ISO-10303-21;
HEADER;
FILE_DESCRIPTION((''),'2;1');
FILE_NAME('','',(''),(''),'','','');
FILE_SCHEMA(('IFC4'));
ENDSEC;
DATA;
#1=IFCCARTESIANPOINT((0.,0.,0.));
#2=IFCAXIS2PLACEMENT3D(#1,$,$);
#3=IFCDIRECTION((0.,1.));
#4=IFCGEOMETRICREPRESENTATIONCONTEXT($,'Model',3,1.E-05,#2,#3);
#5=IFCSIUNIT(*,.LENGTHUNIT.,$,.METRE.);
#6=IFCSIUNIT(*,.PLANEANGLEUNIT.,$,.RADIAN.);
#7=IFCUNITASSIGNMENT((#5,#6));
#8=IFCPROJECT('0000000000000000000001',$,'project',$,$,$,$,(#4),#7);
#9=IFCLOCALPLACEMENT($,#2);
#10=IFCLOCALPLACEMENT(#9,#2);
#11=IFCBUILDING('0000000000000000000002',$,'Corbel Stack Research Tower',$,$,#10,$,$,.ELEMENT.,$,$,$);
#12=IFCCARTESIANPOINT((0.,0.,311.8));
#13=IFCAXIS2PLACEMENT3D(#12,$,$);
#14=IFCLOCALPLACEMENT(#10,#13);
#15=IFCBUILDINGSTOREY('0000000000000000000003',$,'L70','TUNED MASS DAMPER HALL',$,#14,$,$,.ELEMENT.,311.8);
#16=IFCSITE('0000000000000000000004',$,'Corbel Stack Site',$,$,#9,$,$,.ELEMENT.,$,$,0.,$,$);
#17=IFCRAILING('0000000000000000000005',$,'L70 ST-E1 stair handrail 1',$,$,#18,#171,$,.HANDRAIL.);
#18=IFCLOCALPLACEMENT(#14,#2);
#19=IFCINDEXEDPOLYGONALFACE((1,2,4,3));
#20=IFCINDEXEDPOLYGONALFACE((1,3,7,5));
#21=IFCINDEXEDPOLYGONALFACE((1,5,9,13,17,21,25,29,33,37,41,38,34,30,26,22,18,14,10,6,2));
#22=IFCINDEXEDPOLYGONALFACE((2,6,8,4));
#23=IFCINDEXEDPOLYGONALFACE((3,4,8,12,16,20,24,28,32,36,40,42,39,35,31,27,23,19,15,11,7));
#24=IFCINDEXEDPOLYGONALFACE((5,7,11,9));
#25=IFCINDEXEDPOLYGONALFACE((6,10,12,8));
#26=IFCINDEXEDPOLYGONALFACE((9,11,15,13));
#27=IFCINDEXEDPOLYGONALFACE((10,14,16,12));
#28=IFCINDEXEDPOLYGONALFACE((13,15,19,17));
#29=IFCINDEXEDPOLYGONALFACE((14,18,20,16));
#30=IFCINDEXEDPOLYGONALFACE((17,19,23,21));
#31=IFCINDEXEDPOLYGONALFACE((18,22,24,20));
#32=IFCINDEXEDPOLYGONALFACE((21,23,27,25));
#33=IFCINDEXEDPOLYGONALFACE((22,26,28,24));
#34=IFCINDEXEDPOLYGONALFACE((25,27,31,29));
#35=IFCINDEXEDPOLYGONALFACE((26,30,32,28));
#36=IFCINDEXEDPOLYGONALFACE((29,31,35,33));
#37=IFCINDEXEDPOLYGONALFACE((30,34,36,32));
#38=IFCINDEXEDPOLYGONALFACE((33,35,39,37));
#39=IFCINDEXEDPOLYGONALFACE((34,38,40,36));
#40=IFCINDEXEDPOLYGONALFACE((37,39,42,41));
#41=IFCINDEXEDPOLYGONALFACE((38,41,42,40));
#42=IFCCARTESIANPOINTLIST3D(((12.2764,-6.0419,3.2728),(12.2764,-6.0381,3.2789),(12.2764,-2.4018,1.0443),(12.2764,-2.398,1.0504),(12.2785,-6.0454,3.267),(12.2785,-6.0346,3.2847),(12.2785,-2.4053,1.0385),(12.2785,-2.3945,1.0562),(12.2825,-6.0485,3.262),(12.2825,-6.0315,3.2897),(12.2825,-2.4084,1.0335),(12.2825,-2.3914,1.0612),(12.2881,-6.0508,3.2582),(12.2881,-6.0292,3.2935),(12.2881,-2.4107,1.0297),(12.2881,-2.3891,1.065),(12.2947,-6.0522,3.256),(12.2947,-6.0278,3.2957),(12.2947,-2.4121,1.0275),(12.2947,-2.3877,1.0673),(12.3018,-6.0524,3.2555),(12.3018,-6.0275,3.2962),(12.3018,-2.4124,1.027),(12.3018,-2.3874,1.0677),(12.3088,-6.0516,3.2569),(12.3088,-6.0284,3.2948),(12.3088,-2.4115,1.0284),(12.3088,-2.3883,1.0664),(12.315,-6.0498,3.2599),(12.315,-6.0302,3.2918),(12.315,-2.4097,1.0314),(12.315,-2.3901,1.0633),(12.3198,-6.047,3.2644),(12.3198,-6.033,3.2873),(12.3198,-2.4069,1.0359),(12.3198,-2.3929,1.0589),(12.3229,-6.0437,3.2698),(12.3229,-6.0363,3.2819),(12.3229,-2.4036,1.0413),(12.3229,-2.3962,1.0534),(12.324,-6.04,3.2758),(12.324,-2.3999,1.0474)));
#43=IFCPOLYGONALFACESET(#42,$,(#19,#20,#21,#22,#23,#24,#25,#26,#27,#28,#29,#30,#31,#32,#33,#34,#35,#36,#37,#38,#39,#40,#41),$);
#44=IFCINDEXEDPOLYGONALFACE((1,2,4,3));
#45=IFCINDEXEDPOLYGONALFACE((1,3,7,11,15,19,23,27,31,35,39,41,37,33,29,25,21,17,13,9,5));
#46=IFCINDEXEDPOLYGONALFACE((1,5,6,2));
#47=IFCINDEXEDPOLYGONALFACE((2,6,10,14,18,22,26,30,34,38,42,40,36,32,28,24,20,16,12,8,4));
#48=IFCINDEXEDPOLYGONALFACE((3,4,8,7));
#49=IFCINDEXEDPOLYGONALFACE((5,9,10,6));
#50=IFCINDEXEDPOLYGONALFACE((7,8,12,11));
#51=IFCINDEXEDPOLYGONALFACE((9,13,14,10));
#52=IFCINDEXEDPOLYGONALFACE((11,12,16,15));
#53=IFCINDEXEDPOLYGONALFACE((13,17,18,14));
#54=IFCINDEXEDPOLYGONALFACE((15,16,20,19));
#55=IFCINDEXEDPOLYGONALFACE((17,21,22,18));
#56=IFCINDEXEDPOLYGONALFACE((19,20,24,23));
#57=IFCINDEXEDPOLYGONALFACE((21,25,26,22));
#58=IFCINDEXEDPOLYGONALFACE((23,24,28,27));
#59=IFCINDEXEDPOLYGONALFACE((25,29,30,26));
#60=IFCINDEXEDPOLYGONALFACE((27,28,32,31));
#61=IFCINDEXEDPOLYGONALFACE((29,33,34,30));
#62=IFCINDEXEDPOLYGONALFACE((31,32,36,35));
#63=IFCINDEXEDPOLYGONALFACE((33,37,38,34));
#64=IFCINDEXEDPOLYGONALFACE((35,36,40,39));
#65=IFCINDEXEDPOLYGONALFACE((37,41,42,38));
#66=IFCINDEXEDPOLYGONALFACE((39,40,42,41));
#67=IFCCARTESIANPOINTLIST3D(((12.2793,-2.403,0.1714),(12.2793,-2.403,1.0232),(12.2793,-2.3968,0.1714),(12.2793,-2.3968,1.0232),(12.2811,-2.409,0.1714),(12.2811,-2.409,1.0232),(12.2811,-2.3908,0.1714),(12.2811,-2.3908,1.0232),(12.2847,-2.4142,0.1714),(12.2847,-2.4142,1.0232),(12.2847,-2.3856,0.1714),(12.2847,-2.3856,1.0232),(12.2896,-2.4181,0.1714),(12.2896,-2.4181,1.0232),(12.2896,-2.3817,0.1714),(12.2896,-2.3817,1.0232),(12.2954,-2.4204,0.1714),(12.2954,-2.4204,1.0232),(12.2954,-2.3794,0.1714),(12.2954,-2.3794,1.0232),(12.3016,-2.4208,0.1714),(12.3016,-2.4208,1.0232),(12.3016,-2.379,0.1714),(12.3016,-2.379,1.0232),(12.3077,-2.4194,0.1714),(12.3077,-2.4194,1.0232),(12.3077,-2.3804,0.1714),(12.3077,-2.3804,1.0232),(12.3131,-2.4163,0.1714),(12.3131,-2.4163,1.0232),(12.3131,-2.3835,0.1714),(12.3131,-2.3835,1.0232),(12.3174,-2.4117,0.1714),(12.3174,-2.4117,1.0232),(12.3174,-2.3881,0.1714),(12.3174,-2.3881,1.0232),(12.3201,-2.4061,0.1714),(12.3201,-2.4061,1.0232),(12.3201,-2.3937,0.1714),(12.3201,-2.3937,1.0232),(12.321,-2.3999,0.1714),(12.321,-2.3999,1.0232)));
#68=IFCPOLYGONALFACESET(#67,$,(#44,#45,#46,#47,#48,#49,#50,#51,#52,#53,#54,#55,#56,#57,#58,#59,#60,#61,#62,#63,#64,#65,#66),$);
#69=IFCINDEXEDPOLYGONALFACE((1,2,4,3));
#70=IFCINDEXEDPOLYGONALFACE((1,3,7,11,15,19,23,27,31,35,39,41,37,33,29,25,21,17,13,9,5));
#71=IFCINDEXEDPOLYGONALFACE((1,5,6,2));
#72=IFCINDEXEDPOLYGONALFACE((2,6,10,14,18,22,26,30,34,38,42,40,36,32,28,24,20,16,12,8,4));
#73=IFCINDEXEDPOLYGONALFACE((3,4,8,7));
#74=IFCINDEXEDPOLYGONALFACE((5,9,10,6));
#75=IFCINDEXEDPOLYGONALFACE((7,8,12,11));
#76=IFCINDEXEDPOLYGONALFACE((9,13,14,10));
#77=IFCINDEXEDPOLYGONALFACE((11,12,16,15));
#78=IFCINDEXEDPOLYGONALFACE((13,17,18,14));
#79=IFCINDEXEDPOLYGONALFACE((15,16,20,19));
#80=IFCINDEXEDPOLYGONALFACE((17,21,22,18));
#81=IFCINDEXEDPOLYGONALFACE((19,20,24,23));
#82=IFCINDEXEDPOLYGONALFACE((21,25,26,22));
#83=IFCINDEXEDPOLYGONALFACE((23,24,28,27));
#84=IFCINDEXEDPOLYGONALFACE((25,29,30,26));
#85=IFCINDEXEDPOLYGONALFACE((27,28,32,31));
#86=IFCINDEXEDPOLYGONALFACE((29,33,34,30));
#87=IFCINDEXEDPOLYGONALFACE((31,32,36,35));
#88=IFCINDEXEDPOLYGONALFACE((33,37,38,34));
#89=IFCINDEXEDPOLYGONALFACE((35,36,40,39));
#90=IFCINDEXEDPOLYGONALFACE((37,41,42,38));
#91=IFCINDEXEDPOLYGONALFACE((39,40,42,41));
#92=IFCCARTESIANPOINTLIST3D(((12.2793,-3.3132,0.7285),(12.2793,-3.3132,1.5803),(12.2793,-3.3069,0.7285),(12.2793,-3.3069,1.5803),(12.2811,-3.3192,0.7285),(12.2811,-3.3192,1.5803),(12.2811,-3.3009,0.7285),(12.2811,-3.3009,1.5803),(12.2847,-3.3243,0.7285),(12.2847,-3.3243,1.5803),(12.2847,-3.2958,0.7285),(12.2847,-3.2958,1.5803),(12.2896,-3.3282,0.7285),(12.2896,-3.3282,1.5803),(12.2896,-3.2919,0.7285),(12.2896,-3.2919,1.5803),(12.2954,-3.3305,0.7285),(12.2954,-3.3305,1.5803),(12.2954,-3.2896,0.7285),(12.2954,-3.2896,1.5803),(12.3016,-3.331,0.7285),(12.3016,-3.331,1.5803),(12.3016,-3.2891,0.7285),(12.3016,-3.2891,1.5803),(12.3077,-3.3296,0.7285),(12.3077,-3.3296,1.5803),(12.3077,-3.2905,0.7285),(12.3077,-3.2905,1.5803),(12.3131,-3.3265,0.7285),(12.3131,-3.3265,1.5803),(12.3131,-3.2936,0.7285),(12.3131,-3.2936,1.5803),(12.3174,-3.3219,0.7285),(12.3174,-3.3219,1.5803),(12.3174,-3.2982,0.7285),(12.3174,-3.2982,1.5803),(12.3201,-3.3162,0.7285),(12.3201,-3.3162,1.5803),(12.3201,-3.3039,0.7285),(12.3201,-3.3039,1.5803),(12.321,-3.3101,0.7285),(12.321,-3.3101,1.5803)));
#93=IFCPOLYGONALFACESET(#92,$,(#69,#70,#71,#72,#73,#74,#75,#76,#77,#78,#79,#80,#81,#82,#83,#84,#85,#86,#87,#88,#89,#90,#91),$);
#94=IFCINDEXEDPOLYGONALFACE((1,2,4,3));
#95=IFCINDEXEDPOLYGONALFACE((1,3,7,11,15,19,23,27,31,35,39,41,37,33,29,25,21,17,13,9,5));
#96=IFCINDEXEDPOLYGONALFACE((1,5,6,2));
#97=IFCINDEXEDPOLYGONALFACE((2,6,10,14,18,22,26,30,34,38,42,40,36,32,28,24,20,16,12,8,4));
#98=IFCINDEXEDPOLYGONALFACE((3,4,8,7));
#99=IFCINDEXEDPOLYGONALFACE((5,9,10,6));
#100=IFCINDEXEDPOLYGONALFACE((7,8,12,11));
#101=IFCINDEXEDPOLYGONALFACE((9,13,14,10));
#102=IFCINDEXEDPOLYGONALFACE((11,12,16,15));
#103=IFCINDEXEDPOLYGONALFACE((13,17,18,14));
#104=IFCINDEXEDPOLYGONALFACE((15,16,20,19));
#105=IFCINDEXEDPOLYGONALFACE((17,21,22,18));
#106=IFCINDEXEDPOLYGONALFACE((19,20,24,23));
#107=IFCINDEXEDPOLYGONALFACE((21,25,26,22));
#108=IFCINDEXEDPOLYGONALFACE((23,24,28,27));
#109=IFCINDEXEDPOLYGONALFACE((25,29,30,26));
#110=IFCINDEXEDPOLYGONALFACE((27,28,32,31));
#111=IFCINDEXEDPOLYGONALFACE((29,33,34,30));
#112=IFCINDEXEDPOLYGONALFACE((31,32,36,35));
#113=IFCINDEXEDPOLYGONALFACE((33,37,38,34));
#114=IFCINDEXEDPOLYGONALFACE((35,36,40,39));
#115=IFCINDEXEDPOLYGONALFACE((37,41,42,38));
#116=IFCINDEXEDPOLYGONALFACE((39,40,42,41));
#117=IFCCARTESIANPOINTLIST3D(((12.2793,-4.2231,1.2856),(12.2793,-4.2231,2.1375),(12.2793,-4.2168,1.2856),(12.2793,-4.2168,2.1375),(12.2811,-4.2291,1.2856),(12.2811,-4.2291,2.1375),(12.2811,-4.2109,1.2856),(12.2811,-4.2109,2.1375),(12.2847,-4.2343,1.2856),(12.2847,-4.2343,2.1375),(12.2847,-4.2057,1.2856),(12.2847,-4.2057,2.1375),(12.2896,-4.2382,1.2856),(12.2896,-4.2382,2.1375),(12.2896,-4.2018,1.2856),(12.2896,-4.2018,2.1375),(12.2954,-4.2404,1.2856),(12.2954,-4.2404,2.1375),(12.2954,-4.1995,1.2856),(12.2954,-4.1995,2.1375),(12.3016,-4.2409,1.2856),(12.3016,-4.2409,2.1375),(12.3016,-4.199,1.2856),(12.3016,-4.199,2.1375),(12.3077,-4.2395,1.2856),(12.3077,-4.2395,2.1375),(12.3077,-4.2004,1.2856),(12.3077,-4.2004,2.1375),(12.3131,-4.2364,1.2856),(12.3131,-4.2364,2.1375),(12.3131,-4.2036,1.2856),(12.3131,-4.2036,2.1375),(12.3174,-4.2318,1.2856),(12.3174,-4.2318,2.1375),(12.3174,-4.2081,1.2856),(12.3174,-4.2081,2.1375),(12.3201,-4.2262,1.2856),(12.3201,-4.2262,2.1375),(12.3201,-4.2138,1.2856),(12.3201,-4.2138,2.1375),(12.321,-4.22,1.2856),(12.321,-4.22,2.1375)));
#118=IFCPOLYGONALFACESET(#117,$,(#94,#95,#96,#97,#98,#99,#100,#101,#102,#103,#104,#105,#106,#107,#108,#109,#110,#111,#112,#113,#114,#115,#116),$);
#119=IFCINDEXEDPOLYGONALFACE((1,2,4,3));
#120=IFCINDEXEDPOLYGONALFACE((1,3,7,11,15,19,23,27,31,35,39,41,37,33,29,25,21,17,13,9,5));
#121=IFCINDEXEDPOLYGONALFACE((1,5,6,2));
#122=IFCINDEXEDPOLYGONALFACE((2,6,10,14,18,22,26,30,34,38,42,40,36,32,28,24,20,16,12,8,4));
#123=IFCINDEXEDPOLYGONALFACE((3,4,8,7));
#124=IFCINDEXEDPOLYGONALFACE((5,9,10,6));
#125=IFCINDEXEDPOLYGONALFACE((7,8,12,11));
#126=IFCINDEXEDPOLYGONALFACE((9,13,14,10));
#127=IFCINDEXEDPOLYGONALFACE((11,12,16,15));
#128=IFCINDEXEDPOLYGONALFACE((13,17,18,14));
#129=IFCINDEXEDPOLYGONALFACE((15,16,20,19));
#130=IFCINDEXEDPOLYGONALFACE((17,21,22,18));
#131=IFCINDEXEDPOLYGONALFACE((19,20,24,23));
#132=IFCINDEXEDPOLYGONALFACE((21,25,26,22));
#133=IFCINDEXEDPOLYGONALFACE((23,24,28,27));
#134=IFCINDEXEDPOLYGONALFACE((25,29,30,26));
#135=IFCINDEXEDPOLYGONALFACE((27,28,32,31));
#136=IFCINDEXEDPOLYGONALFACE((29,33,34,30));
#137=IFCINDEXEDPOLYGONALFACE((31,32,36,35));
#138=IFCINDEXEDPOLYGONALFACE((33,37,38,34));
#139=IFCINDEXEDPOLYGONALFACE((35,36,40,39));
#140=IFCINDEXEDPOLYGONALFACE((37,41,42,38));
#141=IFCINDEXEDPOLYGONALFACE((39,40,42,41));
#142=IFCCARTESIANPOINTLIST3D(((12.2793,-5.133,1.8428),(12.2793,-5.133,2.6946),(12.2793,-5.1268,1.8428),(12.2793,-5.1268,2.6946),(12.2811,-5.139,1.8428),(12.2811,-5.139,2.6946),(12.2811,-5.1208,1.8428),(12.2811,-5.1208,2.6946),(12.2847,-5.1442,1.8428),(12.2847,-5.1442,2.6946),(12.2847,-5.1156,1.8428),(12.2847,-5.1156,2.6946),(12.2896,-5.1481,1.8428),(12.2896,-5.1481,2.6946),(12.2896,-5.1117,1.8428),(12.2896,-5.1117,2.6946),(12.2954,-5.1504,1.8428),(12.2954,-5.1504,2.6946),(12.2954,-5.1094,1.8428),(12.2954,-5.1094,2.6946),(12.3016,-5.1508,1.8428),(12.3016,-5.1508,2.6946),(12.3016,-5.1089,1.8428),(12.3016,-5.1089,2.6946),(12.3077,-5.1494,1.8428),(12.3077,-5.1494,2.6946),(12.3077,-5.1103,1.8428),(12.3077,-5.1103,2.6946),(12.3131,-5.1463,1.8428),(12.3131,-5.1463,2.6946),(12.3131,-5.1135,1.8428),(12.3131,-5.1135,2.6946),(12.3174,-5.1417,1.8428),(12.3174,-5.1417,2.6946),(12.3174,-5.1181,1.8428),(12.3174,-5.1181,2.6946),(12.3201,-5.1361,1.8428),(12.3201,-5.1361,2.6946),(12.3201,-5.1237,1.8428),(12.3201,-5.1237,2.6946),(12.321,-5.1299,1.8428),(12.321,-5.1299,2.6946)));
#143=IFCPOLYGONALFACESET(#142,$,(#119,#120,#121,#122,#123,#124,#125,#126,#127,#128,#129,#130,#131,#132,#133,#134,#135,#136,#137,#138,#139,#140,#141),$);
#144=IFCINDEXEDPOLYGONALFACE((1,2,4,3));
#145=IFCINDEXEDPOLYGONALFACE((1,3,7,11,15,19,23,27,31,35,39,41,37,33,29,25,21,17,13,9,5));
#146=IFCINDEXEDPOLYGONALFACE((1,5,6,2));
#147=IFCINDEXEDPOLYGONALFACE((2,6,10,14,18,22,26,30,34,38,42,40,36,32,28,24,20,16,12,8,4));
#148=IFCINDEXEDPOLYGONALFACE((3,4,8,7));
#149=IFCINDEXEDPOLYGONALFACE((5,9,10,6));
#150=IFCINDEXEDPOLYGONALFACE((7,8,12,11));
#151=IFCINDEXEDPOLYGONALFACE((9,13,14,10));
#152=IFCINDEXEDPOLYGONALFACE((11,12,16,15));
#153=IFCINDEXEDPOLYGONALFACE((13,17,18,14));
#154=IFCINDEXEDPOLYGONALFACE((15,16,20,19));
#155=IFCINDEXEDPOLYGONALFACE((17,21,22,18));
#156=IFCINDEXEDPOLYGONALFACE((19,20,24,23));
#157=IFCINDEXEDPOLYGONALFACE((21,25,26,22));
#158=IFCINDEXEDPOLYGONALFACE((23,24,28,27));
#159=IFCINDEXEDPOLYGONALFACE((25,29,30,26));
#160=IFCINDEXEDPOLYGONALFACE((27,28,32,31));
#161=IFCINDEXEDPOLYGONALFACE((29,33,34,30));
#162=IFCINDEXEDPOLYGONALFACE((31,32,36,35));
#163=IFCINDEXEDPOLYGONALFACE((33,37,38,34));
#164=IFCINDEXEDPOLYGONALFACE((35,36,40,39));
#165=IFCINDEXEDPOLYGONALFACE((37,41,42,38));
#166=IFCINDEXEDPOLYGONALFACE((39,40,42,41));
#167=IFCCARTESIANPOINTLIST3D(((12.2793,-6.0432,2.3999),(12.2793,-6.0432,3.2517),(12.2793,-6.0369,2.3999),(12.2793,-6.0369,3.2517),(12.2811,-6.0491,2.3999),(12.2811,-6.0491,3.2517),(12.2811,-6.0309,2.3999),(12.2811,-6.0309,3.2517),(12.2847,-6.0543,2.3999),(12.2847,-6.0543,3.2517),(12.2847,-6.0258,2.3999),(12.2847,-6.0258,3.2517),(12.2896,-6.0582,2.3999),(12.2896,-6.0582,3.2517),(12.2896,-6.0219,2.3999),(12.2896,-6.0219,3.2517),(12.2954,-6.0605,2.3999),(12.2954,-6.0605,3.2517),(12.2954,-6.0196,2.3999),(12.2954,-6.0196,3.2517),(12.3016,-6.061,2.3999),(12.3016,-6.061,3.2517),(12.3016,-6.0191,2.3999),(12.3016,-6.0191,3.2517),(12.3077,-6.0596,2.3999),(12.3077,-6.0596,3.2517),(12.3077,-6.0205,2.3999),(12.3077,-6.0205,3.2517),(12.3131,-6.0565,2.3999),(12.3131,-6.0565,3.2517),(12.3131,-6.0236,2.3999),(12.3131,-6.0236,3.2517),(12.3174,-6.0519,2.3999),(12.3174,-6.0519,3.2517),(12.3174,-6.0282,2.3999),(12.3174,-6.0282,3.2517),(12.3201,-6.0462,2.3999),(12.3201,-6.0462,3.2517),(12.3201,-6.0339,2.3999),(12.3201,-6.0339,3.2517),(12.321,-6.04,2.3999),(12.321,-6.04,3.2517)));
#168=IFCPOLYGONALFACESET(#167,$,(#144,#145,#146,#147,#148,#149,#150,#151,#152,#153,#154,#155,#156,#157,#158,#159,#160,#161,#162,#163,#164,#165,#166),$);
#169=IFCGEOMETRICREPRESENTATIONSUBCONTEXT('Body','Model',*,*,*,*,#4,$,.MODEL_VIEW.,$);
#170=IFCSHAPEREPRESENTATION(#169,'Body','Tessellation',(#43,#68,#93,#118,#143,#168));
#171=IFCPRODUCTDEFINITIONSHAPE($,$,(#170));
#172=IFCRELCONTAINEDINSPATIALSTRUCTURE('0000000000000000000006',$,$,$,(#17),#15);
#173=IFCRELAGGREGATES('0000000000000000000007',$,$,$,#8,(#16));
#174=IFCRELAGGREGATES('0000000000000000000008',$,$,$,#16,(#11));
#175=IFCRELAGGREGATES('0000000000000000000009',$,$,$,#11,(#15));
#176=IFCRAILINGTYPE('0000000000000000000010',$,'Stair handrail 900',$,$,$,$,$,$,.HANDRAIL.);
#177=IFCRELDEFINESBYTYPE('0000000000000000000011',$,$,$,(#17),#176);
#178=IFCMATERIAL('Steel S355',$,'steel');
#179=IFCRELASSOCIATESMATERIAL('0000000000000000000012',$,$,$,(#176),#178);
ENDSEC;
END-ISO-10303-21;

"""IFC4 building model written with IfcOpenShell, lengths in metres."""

from ifc_helpers import new_model, si_unit, direction, frame, origin, origin_2d, place, context, subcontext, project, spatial, circle, extrude, material, type_object, element, save


model = new_model("IFC4")

# Units and contexts
model_context = context("Model", 3, precision=1e-05, world=origin(), true_north=direction((0.0, 1.0)))
body_context = subcontext(model_context, "Body", "Model", "MODEL_VIEW")
ifc_project = project(units=[si_unit("LENGTHUNIT", "METRE"), si_unit("PLANEANGLEUNIT", "RADIAN")], contexts=[model_context])

# Site, building, storey
site_placement = place(None, origin())
site = spatial("IfcSite", under=ifc_project, at=site_placement, Name="Corbel Stack Site", CompositionType="ELEMENT", RefElevation=0.0)
building_placement = place(site_placement, origin())
building = spatial("IfcBuilding", under=site, at=building_placement, Name="Corbel Stack Research Tower", CompositionType="ELEMENT")
storey_placement = place(building_placement, frame((0.0, 0.0, 311.8)))
storey = spatial("IfcBuildingStorey", under=building, at=storey_placement, Name="L70", Description="TUNED MASS DAMPER HALL", CompositionType="ELEMENT", Elevation=311.8)

# Railing
ifc_material_1 = material(Name="Steel S355", Category="steel")
railing_type_1 = type_object("IfcRailingType", Name="Stair handrail 900", PredefinedType="HANDRAIL", material=ifc_material_1)
railing_1_placement = place(storey_placement, frame((12.3, -2.3999, 0.1714)))
element("IfcRailing", 1, at=railing_1_placement, inside=storey, type_object=railing_type_1, Name="L70 ST-E1 stair handrail 1", PredefinedType="HANDRAIL", context=body_context, shape_type="SweptSolid", body=[
    extrude(circle(Radius=0.0239, at=origin_2d()), frame((0.0, 0.0, 0.876), z_axis=(0.0, -0.852866, 0.52213), x_axis=(1.0, 0.0, 0.0)), (0.0, 0.0, 1.0), 4.2681),
    extrude(circle(Radius=0.021, at=origin_2d()), origin(), (0.0, 0.0, 1.0), 0.8518),
    extrude(circle(Radius=0.021, at=origin_2d()), frame((0.0, -0.9102, 0.5571)), (0.0, 0.0, 1.0), 0.8518),
    extrude(circle(Radius=0.021, at=origin_2d()), frame((0.0, -1.8201, 1.1143)), (0.0, 0.0, 1.0), 0.8518),
    extrude(circle(Radius=0.021, at=origin_2d()), frame((0.0, -2.73, 1.6714)), (0.0, 0.0, 1.0), 0.8518),
    extrude(circle(Radius=0.021, at=origin_2d()), frame((0.0, -3.6401, 2.2285)), (0.0, 0.0, 1.0), 0.8518),
])

save(model, "model.ifc")
